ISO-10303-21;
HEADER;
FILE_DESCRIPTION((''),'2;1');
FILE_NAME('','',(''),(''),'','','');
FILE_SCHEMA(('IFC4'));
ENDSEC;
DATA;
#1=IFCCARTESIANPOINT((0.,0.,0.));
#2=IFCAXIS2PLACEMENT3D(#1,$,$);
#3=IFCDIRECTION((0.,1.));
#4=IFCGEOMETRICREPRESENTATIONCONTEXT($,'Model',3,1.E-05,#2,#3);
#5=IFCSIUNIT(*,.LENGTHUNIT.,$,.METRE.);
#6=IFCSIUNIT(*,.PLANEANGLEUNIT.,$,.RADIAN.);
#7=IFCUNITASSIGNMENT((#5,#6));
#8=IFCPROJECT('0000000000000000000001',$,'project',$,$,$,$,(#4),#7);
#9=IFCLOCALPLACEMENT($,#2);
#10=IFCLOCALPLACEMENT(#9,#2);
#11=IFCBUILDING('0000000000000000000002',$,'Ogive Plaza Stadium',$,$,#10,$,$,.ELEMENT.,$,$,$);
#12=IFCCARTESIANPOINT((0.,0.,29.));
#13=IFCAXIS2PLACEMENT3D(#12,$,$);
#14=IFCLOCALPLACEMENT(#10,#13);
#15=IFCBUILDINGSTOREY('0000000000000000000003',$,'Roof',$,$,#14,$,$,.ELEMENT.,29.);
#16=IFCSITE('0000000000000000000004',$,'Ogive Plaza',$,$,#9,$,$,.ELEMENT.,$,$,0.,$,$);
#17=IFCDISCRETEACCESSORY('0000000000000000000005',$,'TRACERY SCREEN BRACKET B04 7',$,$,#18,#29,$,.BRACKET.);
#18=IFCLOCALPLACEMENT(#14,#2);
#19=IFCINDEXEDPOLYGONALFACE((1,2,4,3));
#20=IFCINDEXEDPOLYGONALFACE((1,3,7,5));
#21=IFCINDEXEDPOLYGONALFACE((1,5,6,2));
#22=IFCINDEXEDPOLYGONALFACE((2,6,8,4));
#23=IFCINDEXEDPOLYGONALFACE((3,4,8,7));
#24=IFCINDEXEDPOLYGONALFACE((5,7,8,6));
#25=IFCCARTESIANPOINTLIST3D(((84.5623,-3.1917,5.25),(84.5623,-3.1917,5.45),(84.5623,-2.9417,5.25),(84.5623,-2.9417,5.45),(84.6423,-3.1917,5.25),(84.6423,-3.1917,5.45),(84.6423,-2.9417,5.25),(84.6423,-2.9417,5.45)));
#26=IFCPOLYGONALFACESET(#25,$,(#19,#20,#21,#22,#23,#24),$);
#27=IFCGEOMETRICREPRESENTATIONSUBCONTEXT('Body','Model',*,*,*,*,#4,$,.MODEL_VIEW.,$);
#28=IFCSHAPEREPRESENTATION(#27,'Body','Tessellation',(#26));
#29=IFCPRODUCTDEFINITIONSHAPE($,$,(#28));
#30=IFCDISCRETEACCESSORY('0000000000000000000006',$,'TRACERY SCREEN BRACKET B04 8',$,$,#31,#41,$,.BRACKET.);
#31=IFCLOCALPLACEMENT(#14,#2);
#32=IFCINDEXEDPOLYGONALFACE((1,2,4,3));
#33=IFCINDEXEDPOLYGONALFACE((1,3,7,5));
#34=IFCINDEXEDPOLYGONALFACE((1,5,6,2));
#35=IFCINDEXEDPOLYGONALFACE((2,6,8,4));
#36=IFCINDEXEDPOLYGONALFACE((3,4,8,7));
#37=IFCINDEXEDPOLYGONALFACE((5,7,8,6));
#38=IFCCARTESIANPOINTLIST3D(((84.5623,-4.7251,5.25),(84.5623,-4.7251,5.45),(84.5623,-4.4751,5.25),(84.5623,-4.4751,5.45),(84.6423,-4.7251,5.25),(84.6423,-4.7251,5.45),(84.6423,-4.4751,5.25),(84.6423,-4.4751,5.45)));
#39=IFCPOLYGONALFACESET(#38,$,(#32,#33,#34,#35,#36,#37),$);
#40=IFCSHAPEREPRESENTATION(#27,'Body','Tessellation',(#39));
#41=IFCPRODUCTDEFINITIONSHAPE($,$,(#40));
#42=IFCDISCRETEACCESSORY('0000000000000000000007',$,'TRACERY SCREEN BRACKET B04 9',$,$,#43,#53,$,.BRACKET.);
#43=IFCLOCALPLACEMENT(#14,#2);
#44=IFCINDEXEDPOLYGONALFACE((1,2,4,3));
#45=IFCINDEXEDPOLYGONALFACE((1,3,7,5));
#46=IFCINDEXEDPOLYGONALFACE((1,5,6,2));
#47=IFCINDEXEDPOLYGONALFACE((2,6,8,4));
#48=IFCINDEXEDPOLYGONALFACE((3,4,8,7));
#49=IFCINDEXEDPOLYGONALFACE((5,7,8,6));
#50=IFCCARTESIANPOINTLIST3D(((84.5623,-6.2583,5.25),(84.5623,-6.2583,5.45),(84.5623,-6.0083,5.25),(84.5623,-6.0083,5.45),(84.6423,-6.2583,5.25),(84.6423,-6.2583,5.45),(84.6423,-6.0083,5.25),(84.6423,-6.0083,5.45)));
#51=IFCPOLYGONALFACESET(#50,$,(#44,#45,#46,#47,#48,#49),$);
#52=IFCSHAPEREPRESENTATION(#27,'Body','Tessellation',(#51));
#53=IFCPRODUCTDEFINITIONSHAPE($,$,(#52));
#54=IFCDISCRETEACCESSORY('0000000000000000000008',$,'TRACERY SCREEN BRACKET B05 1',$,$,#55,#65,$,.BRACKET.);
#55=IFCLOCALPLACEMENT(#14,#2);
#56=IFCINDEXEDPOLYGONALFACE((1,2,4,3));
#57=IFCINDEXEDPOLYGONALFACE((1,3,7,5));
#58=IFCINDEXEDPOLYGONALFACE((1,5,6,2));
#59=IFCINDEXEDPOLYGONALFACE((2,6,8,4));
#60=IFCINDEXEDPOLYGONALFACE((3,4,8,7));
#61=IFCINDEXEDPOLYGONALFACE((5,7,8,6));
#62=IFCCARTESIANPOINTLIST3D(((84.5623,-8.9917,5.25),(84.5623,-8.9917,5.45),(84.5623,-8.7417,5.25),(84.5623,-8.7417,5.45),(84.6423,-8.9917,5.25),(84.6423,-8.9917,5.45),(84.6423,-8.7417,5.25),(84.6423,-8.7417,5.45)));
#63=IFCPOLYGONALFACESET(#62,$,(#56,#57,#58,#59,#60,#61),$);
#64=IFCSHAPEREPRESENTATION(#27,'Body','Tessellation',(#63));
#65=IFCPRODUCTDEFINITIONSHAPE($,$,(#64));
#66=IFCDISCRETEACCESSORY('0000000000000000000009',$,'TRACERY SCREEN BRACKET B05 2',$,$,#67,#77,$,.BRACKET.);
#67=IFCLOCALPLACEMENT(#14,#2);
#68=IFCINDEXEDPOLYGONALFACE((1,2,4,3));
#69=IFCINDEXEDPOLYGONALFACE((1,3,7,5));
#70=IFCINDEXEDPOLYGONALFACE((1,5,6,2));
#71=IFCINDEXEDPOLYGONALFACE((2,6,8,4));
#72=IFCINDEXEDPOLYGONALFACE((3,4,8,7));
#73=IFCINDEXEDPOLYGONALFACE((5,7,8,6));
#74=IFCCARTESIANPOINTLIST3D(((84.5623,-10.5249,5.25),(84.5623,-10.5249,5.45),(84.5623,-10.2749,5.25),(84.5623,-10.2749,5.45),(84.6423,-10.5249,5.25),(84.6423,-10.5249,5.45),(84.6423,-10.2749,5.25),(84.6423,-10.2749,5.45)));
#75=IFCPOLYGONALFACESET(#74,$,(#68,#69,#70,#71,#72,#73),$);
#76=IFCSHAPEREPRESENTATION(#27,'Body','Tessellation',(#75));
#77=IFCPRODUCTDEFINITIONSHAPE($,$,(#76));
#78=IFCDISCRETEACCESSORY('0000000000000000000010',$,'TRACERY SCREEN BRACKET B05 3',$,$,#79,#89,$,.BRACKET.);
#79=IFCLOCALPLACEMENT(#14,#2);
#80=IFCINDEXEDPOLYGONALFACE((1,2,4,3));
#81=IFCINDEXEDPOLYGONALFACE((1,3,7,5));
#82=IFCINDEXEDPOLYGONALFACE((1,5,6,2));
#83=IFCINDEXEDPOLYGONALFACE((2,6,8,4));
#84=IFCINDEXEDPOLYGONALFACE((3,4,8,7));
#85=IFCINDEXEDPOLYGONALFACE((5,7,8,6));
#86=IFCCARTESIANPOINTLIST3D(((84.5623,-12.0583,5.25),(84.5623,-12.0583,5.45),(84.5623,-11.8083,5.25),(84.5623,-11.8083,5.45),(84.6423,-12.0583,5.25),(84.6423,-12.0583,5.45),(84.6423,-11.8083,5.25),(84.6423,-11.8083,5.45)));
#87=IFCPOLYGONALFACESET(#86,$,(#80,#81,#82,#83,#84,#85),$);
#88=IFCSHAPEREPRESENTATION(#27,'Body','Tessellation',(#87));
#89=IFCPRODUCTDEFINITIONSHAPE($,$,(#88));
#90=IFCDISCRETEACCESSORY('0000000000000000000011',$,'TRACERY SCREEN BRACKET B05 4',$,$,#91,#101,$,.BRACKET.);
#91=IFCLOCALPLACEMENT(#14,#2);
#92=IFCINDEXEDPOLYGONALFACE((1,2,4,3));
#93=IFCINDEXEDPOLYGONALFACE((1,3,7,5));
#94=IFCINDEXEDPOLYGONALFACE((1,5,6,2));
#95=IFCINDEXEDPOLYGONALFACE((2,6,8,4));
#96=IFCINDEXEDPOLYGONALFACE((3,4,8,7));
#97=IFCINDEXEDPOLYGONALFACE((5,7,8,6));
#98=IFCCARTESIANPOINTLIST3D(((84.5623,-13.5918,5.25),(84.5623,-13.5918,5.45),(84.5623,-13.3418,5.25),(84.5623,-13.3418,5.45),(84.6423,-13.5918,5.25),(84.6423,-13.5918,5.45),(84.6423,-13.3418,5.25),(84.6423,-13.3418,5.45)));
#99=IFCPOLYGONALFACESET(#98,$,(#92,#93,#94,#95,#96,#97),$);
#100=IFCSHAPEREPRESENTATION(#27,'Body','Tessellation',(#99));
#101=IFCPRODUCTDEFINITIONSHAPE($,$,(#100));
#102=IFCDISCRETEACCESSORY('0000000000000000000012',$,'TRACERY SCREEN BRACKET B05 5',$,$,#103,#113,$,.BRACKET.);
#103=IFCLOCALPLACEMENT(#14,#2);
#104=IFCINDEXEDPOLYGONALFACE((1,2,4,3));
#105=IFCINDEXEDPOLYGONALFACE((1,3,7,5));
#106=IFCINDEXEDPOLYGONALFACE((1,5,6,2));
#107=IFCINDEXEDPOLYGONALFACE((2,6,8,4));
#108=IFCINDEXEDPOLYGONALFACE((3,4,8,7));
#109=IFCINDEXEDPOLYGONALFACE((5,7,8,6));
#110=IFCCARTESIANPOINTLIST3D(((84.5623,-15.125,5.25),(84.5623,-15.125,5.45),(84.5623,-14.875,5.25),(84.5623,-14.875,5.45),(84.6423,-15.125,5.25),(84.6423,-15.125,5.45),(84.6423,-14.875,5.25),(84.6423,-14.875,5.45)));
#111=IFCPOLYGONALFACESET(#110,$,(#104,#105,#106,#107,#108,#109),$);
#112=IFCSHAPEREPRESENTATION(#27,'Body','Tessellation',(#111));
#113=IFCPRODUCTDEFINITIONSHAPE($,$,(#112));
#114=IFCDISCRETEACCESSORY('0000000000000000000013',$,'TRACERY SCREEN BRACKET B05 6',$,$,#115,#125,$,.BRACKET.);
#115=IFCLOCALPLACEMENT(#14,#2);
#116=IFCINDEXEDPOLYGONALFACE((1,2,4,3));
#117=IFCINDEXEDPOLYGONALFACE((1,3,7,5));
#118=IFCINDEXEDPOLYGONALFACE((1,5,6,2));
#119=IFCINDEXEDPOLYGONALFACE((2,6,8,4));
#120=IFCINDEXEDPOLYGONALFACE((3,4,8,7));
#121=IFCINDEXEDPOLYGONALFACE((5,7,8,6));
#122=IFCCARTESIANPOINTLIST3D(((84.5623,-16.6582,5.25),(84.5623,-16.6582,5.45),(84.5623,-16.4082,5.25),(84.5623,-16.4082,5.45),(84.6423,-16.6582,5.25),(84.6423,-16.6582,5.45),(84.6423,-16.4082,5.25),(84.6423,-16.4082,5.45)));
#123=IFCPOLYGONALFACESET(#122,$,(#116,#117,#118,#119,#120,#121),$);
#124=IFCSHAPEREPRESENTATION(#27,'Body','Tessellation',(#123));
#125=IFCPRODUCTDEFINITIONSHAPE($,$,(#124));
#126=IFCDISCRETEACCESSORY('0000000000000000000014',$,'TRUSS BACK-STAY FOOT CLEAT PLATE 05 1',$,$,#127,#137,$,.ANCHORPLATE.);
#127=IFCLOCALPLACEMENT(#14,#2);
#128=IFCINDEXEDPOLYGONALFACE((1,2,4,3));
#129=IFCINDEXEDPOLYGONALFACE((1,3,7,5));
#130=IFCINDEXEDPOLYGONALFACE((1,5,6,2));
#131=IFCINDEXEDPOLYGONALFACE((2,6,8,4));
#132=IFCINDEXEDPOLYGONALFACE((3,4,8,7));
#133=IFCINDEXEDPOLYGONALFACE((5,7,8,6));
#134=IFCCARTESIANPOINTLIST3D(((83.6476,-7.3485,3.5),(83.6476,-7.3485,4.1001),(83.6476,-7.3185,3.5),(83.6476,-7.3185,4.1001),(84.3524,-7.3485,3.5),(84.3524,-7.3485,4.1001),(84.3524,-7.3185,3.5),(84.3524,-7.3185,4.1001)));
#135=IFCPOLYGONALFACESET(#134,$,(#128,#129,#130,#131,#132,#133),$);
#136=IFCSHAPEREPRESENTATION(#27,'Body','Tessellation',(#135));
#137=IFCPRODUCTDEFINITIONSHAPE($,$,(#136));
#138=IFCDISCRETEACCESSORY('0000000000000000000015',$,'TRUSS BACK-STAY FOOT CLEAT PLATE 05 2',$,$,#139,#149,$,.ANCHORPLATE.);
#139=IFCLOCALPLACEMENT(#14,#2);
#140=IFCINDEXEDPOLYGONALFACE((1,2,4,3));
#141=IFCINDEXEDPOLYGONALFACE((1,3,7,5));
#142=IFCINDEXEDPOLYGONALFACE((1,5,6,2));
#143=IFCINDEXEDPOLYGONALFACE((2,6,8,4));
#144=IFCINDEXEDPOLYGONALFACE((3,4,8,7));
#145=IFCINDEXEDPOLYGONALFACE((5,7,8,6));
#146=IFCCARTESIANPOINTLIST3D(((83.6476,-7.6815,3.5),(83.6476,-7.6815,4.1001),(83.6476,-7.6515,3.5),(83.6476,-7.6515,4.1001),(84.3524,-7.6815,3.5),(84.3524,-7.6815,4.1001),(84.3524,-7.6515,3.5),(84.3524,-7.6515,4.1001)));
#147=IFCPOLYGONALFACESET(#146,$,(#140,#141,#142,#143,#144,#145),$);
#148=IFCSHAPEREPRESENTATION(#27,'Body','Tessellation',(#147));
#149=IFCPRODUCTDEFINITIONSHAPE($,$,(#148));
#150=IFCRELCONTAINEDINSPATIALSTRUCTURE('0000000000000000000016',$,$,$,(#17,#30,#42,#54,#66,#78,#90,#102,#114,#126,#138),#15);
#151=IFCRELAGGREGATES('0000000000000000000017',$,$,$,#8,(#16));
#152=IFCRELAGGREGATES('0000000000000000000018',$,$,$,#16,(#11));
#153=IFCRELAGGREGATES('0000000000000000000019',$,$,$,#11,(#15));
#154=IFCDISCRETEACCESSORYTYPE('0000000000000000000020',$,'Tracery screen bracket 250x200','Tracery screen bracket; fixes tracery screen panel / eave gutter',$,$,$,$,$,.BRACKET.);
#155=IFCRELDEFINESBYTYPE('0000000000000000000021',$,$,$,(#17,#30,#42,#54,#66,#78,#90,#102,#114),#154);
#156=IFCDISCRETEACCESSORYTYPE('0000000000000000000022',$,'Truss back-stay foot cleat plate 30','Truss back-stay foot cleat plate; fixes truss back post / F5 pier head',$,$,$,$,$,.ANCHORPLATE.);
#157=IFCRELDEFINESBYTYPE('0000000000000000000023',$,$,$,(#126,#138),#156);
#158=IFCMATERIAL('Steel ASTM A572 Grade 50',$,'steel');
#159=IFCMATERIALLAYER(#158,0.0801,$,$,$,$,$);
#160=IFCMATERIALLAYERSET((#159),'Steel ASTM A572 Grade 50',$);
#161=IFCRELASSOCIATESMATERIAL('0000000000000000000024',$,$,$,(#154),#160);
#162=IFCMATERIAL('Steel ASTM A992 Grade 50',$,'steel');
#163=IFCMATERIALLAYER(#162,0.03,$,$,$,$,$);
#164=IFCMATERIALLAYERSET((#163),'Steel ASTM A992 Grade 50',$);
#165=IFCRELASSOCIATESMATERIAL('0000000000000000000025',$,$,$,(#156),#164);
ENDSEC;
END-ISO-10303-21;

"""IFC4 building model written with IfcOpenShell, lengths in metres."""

from ifc_helpers import new_model, si_unit, direction, frame, origin, origin_2d, place, context, subcontext, project, spatial, rectangle, extrude, material, layer, layer_set, type_object, element, save


model = new_model("IFC4")

# Units and contexts
model_context = context("Model", 3, precision=1e-05, world=origin(), true_north=direction((0.0, 1.0)))
body_context = subcontext(model_context, "Body", "Model", "MODEL_VIEW")
ifc_project = project(units=[si_unit("LENGTHUNIT", "METRE"), si_unit("PLANEANGLEUNIT", "RADIAN")], contexts=[model_context])

# Site, building, storey
site_placement = place(None, origin())
site = spatial("IfcSite", under=ifc_project, at=site_placement, Name="Ogive Plaza", CompositionType="ELEMENT", RefElevation=0.0)
building_placement = place(site_placement, origin())
building = spatial("IfcBuilding", under=site, at=building_placement, Name="Ogive Plaza Stadium", CompositionType="ELEMENT")
storey_placement = place(building_placement, frame((0.0, 0.0, 29.0)))
storey = spatial("IfcBuildingStorey", under=building, at=storey_placement, Name="Roof", CompositionType="ELEMENT", Elevation=29.0)

# Discrete accessories
ifc_material_1 = material(Name="Steel ASTM A572 Grade 50", Category="steel")
ifc_layer_1 = layer(ifc_material_1, 0.0801)
ifc_layer_set_1 = layer_set([ifc_layer_1], Name="Steel ASTM A572 Grade 50")
discrete_accessory_type_1 = type_object("IfcDiscreteAccessoryType", Name="Tracery screen bracket 250x200", Description="Tracery screen bracket; fixes tracery screen panel / eave gutter", PredefinedType="BRACKET", material=ifc_layer_set_1)
for number, where, z_axis, x_axis, name in (
    (1, (84.6023, -3.0667, 5.25), (0.0, 0.0, 1.0), (0.0, -1.0, 0.0), "TRACERY SCREEN BRACKET B04 7"),
    (2, (84.6023, -4.6001, 5.25), (0.0, 0.0, 1.0), (0.0, -1.0, 0.0), "TRACERY SCREEN BRACKET B04 8"),
    (3, (84.6023, -6.1333, 5.25), (0.0, 0.0, 1.0), (0.0, -1.0, 0.0), "TRACERY SCREEN BRACKET B04 9"),
    (4, (84.6023, -8.8667, 5.25), (0.0, 0.0, 1.0), (0.0, -1.0, 0.0), "TRACERY SCREEN BRACKET B05 1"),
    (5, (84.6023, -10.3999, 5.25), (0.0, 0.0, 1.0), (0.0, -1.0, 0.0), "TRACERY SCREEN BRACKET B05 2"),
    (6, (84.6023, -11.9333, 5.25), (0.0, 0.0, 1.0), (0.0, -1.0, 0.0), "TRACERY SCREEN BRACKET B05 3"),
    (7, (84.6023, -13.4668, 5.25), (0.0, 0.0, 1.0), (0.0, -1.0, 0.0), "TRACERY SCREEN BRACKET B05 4"),
    (8, (84.6023, -15.0, 5.25), (0.0, 0.0, 1.0), (0.0, -1.0, 0.0), "TRACERY SCREEN BRACKET B05 5"),
    (9, (84.6023, -16.5332, 5.25), (0.0, 0.0, 1.0), (0.0, -1.0, 0.0), "TRACERY SCREEN BRACKET B05 6"),
):
    element("IfcDiscreteAccessory", number, at=place(storey_placement, frame(where, z_axis=z_axis, x_axis=x_axis)), inside=storey, type_object=discrete_accessory_type_1, Name=name, PredefinedType="BRACKET", context=body_context, shape_type="SweptSolid", body=[
        extrude(rectangle(XDim=0.25, YDim=0.0801, at=origin_2d()), origin(), (0.0, 0.0, 1.0), 0.2),
    ])
ifc_material_2 = material(Name="Steel ASTM A992 Grade 50", Category="steel")
ifc_layer_2 = layer(ifc_material_2, 0.03)
ifc_layer_set_2 = layer_set([ifc_layer_2], Name="Steel ASTM A992 Grade 50")
discrete_accessory_type_2 = type_object("IfcDiscreteAccessoryType", Name="Truss back-stay foot cleat plate 30", Description="Truss back-stay foot cleat plate; fixes truss back post / F5 pier head", PredefinedType="ANCHORPLATE", material=ifc_layer_set_2)
for number, where, z_axis, x_axis, name in (
    (10, (84.0, -7.3335, 3.5), (0.0, 0.0, 1.0), (1.0, 0.0, 0.0), "TRUSS BACK-STAY FOOT CLEAT PLATE 05 1"),
    (11, (84.0, -7.6665, 3.5), (0.0, 0.0, 1.0), (1.0, 0.0, 0.0), "TRUSS BACK-STAY FOOT CLEAT PLATE 05 2"),
):
    element("IfcDiscreteAccessory", number, at=place(storey_placement, frame(where, z_axis=z_axis, x_axis=x_axis)), inside=storey, type_object=discrete_accessory_type_2, Name=name, PredefinedType="ANCHORPLATE", context=body_context, shape_type="SweptSolid", body=[
        extrude(rectangle(XDim=0.7048, YDim=0.03, at=origin_2d()), origin(), (0.0, 0.0, 1.0), 0.6001),
    ])

save(model, "model.ifc")
